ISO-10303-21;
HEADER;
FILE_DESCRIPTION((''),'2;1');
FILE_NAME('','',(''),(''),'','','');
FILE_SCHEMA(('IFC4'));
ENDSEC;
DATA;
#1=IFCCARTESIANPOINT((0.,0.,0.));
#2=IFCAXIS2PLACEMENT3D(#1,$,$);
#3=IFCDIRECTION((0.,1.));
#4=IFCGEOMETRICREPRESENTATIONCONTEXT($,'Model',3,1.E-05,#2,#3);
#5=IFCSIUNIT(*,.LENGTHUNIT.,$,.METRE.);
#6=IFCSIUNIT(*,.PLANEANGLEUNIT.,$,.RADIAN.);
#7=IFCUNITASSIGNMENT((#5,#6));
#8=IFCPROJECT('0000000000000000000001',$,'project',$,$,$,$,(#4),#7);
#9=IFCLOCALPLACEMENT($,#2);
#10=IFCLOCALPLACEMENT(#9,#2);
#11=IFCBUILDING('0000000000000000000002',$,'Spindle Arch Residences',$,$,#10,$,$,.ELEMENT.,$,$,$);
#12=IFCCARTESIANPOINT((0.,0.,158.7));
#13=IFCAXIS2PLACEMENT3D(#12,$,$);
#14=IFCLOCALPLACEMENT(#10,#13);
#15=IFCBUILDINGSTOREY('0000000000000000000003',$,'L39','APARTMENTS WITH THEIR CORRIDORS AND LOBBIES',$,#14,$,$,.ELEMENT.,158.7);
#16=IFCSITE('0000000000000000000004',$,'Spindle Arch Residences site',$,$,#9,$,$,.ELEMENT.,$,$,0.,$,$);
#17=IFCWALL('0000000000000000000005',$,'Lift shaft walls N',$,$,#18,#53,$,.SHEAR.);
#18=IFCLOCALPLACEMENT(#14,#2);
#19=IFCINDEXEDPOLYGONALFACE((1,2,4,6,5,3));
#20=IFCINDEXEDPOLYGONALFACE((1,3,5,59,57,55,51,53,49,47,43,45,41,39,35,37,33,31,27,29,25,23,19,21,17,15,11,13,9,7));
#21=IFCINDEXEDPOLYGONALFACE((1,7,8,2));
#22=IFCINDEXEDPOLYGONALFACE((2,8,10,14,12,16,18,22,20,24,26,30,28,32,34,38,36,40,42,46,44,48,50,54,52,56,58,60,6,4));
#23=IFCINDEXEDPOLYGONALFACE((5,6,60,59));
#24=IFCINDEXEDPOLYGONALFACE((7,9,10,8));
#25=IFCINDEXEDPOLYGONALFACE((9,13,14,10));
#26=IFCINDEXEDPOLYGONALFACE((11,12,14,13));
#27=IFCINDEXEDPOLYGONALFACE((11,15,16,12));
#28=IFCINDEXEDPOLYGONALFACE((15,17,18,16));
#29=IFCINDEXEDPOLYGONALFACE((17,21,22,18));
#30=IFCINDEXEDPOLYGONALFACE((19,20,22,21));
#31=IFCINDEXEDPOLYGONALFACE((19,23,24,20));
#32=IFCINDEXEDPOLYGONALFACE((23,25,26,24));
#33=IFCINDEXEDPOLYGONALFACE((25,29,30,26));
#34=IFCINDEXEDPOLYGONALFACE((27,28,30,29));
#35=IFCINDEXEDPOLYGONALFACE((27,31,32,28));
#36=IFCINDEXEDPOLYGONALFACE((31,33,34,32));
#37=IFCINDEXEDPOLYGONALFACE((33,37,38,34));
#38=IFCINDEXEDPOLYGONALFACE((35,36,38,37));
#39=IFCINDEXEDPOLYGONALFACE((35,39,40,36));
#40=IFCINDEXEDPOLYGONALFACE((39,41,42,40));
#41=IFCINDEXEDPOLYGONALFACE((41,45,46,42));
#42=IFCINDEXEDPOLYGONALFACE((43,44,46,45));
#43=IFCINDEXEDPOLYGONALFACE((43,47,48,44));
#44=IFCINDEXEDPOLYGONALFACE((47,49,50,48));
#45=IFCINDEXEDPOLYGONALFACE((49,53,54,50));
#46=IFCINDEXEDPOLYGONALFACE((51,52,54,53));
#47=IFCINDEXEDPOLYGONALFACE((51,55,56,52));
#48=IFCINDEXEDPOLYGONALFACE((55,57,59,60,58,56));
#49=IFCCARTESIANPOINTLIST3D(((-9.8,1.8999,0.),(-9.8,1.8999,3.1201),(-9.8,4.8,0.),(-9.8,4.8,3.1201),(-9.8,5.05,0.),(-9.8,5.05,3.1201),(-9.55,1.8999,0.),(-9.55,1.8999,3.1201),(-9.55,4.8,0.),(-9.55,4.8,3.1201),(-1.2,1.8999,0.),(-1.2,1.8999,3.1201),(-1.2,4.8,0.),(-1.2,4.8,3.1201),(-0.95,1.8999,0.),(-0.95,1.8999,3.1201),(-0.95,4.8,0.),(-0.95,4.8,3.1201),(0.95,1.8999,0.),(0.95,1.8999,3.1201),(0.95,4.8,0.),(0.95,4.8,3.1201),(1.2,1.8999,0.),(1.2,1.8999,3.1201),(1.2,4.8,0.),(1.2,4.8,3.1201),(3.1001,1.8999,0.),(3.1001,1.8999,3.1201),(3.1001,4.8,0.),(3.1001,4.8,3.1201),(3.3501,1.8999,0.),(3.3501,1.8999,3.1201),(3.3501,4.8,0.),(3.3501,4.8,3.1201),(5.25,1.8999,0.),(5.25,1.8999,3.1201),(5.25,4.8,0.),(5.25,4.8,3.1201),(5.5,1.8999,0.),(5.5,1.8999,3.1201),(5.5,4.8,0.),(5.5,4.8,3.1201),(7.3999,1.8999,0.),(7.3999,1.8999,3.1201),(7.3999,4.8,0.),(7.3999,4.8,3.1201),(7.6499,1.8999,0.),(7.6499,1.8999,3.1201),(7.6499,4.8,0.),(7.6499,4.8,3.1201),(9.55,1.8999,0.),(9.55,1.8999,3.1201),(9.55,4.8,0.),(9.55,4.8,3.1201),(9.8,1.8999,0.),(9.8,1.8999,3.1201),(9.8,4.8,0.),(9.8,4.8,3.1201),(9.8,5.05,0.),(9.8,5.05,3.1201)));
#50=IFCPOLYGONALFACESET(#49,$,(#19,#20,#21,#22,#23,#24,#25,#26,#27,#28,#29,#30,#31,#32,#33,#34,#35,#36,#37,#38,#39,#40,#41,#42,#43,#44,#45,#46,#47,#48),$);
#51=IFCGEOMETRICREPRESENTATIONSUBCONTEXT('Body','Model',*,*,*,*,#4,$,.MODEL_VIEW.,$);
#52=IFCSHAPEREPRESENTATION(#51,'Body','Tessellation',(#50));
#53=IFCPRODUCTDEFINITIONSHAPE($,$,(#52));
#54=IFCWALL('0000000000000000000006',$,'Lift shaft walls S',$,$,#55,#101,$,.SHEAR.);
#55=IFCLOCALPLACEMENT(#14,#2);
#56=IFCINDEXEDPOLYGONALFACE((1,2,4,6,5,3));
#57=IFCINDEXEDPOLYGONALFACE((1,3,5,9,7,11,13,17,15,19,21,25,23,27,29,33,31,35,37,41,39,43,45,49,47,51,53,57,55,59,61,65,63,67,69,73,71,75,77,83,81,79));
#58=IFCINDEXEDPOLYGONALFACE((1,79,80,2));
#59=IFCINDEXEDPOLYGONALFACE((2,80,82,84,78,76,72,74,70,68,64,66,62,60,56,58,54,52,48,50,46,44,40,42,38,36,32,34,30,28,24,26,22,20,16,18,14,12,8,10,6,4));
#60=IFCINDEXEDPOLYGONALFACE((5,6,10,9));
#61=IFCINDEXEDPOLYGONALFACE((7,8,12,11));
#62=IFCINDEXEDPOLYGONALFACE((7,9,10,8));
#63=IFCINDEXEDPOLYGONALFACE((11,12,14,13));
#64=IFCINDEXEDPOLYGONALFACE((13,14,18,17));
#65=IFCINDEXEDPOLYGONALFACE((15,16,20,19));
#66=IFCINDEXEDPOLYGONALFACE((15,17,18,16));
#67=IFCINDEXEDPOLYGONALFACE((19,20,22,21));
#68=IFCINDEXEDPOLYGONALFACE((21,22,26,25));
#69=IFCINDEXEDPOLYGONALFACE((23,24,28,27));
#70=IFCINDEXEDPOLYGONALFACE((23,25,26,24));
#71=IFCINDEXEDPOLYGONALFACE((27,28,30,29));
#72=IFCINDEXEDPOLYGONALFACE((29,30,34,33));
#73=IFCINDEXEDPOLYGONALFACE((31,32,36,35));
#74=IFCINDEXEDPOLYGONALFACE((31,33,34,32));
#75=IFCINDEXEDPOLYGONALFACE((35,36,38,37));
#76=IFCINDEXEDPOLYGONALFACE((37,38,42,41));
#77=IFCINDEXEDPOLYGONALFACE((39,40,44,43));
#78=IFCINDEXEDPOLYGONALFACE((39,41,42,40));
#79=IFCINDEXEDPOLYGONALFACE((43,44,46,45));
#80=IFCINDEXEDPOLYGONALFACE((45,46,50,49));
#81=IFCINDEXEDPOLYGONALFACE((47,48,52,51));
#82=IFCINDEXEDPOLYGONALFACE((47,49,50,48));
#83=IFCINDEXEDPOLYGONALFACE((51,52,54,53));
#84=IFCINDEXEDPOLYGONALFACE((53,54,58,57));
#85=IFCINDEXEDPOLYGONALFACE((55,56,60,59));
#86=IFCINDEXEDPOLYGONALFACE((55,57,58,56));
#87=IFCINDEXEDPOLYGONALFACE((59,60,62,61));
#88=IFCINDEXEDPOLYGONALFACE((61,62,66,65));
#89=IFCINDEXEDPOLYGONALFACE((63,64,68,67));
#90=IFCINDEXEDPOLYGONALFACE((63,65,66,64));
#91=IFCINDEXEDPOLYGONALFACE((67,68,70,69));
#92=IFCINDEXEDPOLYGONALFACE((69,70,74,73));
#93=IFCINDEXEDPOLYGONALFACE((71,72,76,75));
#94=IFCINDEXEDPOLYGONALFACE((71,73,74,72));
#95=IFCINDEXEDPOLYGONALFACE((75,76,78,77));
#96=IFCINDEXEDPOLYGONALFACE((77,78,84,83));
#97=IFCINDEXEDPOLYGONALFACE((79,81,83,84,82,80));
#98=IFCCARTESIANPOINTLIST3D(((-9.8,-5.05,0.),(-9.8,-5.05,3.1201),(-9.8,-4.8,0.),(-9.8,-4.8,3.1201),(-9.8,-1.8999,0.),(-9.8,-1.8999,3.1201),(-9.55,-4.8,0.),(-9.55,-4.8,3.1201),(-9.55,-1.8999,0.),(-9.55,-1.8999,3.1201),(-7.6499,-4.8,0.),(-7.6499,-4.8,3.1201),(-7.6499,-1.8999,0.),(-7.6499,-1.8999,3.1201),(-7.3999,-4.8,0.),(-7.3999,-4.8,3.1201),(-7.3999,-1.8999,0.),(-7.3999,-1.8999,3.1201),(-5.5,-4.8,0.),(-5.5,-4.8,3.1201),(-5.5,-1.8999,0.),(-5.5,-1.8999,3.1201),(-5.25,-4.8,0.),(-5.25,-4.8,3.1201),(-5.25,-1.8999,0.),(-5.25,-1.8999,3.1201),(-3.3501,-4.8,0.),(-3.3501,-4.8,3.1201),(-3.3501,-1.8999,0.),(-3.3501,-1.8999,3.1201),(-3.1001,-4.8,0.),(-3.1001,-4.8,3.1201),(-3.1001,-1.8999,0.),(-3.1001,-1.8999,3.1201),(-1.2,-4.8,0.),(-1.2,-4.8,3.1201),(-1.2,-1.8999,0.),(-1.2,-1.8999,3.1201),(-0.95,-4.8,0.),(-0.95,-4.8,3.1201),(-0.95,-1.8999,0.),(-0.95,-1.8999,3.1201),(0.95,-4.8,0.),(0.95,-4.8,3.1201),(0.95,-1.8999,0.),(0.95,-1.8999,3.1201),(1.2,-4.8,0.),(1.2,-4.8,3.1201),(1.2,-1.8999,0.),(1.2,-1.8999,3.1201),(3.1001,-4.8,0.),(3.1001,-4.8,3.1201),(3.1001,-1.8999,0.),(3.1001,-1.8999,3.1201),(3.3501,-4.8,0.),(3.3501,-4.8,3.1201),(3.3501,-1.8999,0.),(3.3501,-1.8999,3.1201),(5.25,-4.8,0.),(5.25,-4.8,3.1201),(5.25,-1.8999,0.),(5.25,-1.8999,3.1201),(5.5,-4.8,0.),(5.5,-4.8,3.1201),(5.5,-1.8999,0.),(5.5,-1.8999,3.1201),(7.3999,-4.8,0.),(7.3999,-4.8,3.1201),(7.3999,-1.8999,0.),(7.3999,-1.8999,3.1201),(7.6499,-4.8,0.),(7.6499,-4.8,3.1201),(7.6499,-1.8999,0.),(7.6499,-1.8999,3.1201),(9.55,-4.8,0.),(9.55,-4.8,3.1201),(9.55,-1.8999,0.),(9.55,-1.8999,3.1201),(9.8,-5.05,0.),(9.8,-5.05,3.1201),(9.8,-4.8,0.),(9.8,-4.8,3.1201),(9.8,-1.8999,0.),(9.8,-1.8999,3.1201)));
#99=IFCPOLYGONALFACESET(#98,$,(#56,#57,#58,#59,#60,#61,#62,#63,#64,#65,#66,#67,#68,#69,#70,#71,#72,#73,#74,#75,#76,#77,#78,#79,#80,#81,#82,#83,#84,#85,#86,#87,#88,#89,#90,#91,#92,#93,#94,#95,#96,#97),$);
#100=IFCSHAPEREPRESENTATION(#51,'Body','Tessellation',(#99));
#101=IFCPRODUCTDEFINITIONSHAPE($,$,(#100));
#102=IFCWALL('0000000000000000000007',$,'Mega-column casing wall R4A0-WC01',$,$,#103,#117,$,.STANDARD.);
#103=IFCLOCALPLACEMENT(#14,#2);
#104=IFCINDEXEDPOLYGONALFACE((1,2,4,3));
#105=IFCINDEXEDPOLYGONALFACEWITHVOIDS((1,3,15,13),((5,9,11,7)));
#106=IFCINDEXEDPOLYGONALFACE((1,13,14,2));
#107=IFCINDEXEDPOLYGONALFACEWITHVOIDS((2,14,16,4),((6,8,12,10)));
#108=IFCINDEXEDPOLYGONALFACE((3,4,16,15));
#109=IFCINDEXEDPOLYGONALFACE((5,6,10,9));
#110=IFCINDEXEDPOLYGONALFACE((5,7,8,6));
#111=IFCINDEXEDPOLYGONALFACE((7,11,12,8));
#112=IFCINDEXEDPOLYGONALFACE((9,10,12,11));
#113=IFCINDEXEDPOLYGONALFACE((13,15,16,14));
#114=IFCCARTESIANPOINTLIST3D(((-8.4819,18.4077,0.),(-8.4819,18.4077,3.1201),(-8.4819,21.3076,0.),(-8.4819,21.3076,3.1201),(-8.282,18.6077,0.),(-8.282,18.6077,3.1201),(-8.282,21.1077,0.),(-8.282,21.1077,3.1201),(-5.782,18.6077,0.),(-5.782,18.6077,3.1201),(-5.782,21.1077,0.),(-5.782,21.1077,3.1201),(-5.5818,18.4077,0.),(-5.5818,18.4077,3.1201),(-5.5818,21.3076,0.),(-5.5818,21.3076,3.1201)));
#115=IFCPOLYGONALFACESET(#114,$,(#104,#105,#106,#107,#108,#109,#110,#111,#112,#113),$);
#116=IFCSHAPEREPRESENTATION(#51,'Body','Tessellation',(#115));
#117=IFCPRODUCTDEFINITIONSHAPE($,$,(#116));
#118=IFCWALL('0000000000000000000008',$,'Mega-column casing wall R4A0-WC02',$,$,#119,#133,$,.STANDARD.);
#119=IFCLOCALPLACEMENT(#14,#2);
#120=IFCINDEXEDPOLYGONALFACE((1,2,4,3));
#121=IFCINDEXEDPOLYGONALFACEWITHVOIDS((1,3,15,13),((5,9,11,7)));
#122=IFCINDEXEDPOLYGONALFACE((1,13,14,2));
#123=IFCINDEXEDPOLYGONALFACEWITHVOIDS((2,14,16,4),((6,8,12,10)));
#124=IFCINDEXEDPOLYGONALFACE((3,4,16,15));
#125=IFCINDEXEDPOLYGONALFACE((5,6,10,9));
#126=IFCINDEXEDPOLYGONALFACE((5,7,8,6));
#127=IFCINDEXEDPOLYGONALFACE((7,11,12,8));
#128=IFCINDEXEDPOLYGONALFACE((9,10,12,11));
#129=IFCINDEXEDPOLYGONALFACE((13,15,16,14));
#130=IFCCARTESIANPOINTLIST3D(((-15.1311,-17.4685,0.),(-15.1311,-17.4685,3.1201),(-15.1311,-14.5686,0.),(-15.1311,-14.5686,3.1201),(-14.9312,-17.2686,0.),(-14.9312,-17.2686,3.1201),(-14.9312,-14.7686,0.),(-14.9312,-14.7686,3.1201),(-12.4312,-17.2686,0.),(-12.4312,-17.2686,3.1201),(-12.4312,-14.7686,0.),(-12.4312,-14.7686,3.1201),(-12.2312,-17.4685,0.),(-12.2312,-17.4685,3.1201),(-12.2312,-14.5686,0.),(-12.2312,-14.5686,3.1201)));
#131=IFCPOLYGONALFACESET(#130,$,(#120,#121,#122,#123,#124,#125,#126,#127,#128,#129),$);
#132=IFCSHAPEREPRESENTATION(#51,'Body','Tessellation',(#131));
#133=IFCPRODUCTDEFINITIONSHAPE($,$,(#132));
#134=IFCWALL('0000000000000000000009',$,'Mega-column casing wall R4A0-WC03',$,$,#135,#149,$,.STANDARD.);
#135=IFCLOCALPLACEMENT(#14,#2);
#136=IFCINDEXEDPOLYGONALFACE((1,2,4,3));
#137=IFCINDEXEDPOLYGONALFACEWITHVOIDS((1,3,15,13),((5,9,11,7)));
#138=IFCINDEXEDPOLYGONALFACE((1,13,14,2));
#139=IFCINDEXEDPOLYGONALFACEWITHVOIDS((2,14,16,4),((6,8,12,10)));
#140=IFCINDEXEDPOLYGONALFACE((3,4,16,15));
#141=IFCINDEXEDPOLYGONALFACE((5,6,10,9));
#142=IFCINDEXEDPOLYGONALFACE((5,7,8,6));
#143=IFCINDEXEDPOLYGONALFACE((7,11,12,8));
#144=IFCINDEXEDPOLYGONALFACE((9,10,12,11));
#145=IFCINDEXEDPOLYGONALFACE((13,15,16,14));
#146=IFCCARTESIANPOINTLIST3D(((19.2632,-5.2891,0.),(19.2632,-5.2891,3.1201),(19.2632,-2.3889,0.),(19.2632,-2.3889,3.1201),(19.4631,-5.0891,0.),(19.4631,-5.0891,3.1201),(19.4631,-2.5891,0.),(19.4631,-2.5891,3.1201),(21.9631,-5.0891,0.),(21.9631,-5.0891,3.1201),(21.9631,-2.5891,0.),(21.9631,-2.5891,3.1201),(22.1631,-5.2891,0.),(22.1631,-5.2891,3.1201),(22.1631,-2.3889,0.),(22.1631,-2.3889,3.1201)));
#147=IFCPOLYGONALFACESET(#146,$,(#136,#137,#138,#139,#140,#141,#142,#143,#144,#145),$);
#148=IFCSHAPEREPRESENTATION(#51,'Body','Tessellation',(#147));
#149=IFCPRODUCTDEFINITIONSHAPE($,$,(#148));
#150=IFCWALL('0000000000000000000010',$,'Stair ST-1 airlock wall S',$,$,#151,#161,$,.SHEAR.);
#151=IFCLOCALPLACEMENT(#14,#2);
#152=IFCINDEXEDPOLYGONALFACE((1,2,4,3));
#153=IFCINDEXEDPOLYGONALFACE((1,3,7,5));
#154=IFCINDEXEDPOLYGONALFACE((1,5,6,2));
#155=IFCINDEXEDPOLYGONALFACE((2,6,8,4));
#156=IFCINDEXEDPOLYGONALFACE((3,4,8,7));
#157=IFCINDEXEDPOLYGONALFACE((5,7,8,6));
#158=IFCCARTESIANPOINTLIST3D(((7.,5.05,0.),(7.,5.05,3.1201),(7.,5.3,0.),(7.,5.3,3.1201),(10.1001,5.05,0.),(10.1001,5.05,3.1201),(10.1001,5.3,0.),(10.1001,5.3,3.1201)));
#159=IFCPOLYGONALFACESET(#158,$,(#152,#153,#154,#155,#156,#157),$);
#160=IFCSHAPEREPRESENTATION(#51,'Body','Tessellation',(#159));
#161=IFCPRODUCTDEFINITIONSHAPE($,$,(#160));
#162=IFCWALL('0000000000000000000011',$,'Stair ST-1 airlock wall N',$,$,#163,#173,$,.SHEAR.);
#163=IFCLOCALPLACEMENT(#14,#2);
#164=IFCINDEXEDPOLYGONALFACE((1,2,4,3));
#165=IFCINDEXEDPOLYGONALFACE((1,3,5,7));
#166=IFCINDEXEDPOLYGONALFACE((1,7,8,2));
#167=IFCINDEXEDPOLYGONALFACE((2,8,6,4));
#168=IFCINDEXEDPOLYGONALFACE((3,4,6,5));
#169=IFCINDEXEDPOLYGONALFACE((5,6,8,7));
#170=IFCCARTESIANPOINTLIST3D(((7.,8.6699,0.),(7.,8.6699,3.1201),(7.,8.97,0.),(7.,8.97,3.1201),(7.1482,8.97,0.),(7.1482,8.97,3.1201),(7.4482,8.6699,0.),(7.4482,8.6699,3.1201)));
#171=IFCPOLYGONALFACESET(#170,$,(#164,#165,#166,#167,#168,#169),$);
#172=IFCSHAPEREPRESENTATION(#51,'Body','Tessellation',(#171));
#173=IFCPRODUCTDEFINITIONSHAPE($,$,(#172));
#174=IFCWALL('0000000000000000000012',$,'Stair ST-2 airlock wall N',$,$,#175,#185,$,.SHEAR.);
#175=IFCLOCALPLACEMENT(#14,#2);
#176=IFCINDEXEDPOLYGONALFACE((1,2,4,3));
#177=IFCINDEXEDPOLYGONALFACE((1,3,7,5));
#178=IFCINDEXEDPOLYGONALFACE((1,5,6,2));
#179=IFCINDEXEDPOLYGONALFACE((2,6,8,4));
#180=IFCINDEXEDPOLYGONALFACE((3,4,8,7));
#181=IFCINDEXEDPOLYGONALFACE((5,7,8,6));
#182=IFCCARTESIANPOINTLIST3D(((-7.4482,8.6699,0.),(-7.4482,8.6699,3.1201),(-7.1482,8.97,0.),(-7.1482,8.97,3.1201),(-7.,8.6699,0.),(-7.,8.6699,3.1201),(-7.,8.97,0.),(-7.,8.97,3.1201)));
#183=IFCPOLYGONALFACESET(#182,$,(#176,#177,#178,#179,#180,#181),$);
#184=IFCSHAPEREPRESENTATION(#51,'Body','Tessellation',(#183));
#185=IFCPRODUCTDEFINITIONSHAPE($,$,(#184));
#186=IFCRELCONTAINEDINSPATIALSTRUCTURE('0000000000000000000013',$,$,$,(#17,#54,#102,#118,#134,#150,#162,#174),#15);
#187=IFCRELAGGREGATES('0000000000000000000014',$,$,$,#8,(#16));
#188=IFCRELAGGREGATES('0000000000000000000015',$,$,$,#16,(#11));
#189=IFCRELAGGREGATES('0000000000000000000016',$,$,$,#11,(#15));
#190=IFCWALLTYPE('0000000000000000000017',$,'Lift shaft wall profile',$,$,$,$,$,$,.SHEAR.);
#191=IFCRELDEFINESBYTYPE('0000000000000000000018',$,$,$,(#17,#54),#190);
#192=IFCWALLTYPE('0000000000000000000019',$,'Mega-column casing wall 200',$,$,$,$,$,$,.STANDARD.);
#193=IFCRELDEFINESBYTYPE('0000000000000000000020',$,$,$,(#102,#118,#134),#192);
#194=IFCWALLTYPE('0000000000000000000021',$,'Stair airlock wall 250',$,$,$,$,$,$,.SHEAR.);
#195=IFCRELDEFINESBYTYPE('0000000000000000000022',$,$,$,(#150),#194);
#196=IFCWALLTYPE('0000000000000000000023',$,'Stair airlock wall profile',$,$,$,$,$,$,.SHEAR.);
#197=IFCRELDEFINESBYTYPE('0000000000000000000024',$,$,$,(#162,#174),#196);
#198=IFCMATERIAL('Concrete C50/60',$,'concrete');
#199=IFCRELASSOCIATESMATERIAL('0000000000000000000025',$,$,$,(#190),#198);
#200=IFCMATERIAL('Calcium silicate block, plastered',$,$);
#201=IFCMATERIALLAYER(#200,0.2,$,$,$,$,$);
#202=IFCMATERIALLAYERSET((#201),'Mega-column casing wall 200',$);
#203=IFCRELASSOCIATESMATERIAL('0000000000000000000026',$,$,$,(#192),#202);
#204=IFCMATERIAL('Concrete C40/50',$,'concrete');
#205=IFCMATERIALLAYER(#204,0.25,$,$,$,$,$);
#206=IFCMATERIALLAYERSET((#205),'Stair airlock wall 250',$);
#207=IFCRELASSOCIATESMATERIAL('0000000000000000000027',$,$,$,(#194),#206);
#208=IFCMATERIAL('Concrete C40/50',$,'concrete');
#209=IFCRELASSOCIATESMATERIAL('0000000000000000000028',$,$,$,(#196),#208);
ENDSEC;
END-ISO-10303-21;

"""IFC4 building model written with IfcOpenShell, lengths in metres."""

from ifc_helpers import new_model, si_unit, direction, frame, frame_2d, origin, place, context, subcontext, project, spatial, polyline, rectangle, outline, extrude, material, layer, layer_set, type_object, element, save


model = new_model("IFC4")

# Units and contexts
model_context = context("Model", 3, precision=1e-05, world=origin(), true_north=direction((0.0, 1.0)))
body_context = subcontext(model_context, "Body", "Model", "MODEL_VIEW")
ifc_project = project(units=[si_unit("LENGTHUNIT", "METRE"), si_unit("PLANEANGLEUNIT", "RADIAN")], contexts=[model_context])

# Site, building, storey
site_placement = place(None, origin())
site = spatial("IfcSite", under=ifc_project, at=site_placement, Name="Spindle Arch Residences site", CompositionType="ELEMENT", RefElevation=0.0)
building_placement = place(site_placement, origin())
building = spatial("IfcBuilding", under=site, at=building_placement, Name="Spindle Arch Residences", CompositionType="ELEMENT")
storey_placement = place(building_placement, frame((0.0, 0.0, 158.7)))
storey = spatial("IfcBuildingStorey", under=building, at=storey_placement, Name="L39", Description="APARTMENTS WITH THEIR CORRIDORS AND LOBBIES", CompositionType="ELEMENT", Elevation=158.7)

# Walls
ifc_material_1 = material(Name="Concrete C50/60", Category="concrete")
wall_type_1 = type_object("IfcWallType", Name="Lift shaft wall profile", PredefinedType="SHEAR", material=ifc_material_1)
wall_1_placement = place(storey_placement, origin())
element("IfcWall", 1, at=wall_1_placement, inside=storey, type_object=wall_type_1, Name="Lift shaft walls N", PredefinedType="SHEAR", context=body_context, shape_type="SweptSolid", body=[
    extrude(outline(polyline([(-9.55, 4.8), (-1.2, 4.8), (-1.2, 1.8999), (-0.95, 1.8999), (-0.95, 4.8), (0.95, 4.8), (0.95, 1.8999), (1.2, 1.8999), (1.2, 4.8), (3.1001, 4.8), (3.1001, 1.8999), (3.3501, 1.8999), (3.3501, 4.8), (5.25, 4.8), (5.25, 1.8999), (5.5, 1.8999), (5.5, 4.8), (7.3999, 4.8), (7.3999, 1.8999), (7.6499, 1.8999), (7.6499, 4.8), (9.55, 4.8), (9.55, 1.8999), (9.8, 1.8999), (9.8, 4.8), (9.8, 5.05), (-9.8, 5.05), (-9.8, 4.8), (-9.8, 1.8999), (-9.55, 1.8999), (-9.55, 4.8)])), origin(), (0.0, 0.0, 1.0), 3.1201),
])
wall_2_placement = place(storey_placement, origin())
element("IfcWall", 2, at=wall_2_placement, inside=storey, type_object=wall_type_1, Name="Lift shaft walls S", PredefinedType="SHEAR", context=body_context, shape_type="SweptSolid", body=[
    extrude(outline(polyline([(9.8, -5.05), (9.8, -4.8), (9.8, -1.8999), (9.55, -1.8999), (9.55, -4.8), (7.6499, -4.8), (7.6499, -1.8999), (7.3999, -1.8999), (7.3999, -4.8), (5.5, -4.8), (5.5, -1.8999), (5.25, -1.8999), (5.25, -4.8), (3.3501, -4.8), (3.3501, -1.8999), (3.1001, -1.8999), (3.1001, -4.8), (1.2, -4.8), (1.2, -1.8999), (0.95, -1.8999), (0.95, -4.8), (-0.95, -4.8), (-0.95, -1.8999), (-1.2, -1.8999), (-1.2, -4.8), (-3.1001, -4.8), (-3.1001, -1.8999), (-3.3501, -1.8999), (-3.3501, -4.8), (-5.25, -4.8), (-5.25, -1.8999), (-5.5, -1.8999), (-5.5, -4.8), (-7.3999, -4.8), (-7.3999, -1.8999), (-7.6499, -1.8999), (-7.6499, -4.8), (-9.55, -4.8), (-9.55, -1.8999), (-9.8, -1.8999), (-9.8, -4.8), (-9.8, -5.05), (9.8, -5.05)])), origin(), (0.0, 0.0, 1.0), 3.1201),
])
ifc_material_2 = material(Name="Calcium silicate block, plastered")
ifc_layer_1 = layer(ifc_material_2, 0.2)
ifc_layer_set_1 = layer_set([ifc_layer_1], Name="Mega-column casing wall 200")
wall_type_2 = type_object("IfcWallType", Name="Mega-column casing wall 200", PredefinedType="STANDARD", material=ifc_layer_set_1)
wall_3_placement = place(storey_placement, origin())
element("IfcWall", 3, at=wall_3_placement, inside=storey, type_object=wall_type_2, Name="Mega-column casing wall R4A0-WC01", PredefinedType="STANDARD", context=body_context, shape_type="SweptSolid", body=[
    extrude(outline(polyline([(-5.5818, 21.3076), (-5.5818, 18.4077), (-8.4819, 18.4077), (-8.4819, 21.3076), (-5.5818, 21.3076)]), holes=[polyline([(-8.282, 18.6077), (-5.782, 18.6077), (-5.782, 21.1077), (-8.282, 21.1077), (-8.282, 18.6077)])]), origin(), (0.0, 0.0, 1.0), 3.1201),
])
wall_4_placement = place(storey_placement, origin())
element("IfcWall", 4, at=wall_4_placement, inside=storey, type_object=wall_type_2, Name="Mega-column casing wall R4A0-WC02", PredefinedType="STANDARD", context=body_context, shape_type="SweptSolid", body=[
    extrude(outline(polyline([(-12.2312, -14.5686), (-12.2312, -17.4685), (-15.1311, -17.4685), (-15.1311, -14.5686), (-12.2312, -14.5686)]), holes=[polyline([(-14.9312, -17.2686), (-12.4312, -17.2686), (-12.4312, -14.7686), (-14.9312, -14.7686), (-14.9312, -17.2686)])]), origin(), (0.0, 0.0, 1.0), 3.1201),
])
wall_5_placement = place(storey_placement, origin())
element("IfcWall", 5, at=wall_5_placement, inside=storey, type_object=wall_type_2, Name="Mega-column casing wall R4A0-WC03", PredefinedType="STANDARD", context=body_context, shape_type="SweptSolid", body=[
    extrude(outline(polyline([(22.1631, -2.3889), (22.1631, -5.2891), (19.2632, -5.2891), (19.2632, -2.3889), (22.1631, -2.3889)]), holes=[polyline([(19.4631, -5.0891), (21.9631, -5.0891), (21.9631, -2.5891), (19.4631, -2.5891), (19.4631, -5.0891)])]), origin(), (0.0, 0.0, 1.0), 3.1201),
])
ifc_material_3 = material(Name="Concrete C40/50", Category="concrete")
ifc_layer_2 = layer(ifc_material_3, 0.25)
ifc_layer_set_2 = layer_set([ifc_layer_2], Name="Stair airlock wall 250")
wall_type_3 = type_object("IfcWallType", Name="Stair airlock wall 250", PredefinedType="SHEAR", material=ifc_layer_set_2)
wall_6_placement = place(storey_placement, frame((7.0, 5.175, 0.0), z_axis=(0.0, 0.0, 1.0), x_axis=(1.0, 0.0, 0.0)))
element("IfcWall", 6, at=wall_6_placement, inside=storey, type_object=wall_type_3, Name="Stair ST-1 airlock wall S", PredefinedType="SHEAR", context=body_context, shape_type="SweptSolid", body=[
    extrude(rectangle(XDim=3.1001, YDim=0.25, at=frame_2d((1.55, 0.0))), origin(), (0.0, 0.0, 1.0), 3.1201),
])
ifc_material_4 = material(Name="Concrete C40/50", Category="concrete")
wall_type_4 = type_object("IfcWallType", Name="Stair airlock wall profile", PredefinedType="SHEAR", material=ifc_material_4)
wall_7_placement = place(storey_placement, origin())
element("IfcWall", 7, at=wall_7_placement, inside=storey, type_object=wall_type_4, Name="Stair ST-1 airlock wall N", PredefinedType="SHEAR", context=body_context, shape_type="SweptSolid", body=[
    extrude(outline(polyline([(7.4482, 8.6699), (7.0, 8.6699), (7.0, 8.97), (7.1482, 8.97), (7.4482, 8.6699)])), origin(), (0.0, 0.0, 1.0), 3.1201),
])
wall_8_placement = place(storey_placement, origin())
element("IfcWall", 8, at=wall_8_placement, inside=storey, type_object=wall_type_4, Name="Stair ST-2 airlock wall N", PredefinedType="SHEAR", context=body_context, shape_type="SweptSolid", body=[
    extrude(outline(polyline([(-7.1482, 8.97), (-7.0, 8.97), (-7.0, 8.6699), (-7.4482, 8.6699), (-7.1482, 8.97)])), origin(), (0.0, 0.0, 1.0), 3.1201),
])

save(model, "model.ifc")
